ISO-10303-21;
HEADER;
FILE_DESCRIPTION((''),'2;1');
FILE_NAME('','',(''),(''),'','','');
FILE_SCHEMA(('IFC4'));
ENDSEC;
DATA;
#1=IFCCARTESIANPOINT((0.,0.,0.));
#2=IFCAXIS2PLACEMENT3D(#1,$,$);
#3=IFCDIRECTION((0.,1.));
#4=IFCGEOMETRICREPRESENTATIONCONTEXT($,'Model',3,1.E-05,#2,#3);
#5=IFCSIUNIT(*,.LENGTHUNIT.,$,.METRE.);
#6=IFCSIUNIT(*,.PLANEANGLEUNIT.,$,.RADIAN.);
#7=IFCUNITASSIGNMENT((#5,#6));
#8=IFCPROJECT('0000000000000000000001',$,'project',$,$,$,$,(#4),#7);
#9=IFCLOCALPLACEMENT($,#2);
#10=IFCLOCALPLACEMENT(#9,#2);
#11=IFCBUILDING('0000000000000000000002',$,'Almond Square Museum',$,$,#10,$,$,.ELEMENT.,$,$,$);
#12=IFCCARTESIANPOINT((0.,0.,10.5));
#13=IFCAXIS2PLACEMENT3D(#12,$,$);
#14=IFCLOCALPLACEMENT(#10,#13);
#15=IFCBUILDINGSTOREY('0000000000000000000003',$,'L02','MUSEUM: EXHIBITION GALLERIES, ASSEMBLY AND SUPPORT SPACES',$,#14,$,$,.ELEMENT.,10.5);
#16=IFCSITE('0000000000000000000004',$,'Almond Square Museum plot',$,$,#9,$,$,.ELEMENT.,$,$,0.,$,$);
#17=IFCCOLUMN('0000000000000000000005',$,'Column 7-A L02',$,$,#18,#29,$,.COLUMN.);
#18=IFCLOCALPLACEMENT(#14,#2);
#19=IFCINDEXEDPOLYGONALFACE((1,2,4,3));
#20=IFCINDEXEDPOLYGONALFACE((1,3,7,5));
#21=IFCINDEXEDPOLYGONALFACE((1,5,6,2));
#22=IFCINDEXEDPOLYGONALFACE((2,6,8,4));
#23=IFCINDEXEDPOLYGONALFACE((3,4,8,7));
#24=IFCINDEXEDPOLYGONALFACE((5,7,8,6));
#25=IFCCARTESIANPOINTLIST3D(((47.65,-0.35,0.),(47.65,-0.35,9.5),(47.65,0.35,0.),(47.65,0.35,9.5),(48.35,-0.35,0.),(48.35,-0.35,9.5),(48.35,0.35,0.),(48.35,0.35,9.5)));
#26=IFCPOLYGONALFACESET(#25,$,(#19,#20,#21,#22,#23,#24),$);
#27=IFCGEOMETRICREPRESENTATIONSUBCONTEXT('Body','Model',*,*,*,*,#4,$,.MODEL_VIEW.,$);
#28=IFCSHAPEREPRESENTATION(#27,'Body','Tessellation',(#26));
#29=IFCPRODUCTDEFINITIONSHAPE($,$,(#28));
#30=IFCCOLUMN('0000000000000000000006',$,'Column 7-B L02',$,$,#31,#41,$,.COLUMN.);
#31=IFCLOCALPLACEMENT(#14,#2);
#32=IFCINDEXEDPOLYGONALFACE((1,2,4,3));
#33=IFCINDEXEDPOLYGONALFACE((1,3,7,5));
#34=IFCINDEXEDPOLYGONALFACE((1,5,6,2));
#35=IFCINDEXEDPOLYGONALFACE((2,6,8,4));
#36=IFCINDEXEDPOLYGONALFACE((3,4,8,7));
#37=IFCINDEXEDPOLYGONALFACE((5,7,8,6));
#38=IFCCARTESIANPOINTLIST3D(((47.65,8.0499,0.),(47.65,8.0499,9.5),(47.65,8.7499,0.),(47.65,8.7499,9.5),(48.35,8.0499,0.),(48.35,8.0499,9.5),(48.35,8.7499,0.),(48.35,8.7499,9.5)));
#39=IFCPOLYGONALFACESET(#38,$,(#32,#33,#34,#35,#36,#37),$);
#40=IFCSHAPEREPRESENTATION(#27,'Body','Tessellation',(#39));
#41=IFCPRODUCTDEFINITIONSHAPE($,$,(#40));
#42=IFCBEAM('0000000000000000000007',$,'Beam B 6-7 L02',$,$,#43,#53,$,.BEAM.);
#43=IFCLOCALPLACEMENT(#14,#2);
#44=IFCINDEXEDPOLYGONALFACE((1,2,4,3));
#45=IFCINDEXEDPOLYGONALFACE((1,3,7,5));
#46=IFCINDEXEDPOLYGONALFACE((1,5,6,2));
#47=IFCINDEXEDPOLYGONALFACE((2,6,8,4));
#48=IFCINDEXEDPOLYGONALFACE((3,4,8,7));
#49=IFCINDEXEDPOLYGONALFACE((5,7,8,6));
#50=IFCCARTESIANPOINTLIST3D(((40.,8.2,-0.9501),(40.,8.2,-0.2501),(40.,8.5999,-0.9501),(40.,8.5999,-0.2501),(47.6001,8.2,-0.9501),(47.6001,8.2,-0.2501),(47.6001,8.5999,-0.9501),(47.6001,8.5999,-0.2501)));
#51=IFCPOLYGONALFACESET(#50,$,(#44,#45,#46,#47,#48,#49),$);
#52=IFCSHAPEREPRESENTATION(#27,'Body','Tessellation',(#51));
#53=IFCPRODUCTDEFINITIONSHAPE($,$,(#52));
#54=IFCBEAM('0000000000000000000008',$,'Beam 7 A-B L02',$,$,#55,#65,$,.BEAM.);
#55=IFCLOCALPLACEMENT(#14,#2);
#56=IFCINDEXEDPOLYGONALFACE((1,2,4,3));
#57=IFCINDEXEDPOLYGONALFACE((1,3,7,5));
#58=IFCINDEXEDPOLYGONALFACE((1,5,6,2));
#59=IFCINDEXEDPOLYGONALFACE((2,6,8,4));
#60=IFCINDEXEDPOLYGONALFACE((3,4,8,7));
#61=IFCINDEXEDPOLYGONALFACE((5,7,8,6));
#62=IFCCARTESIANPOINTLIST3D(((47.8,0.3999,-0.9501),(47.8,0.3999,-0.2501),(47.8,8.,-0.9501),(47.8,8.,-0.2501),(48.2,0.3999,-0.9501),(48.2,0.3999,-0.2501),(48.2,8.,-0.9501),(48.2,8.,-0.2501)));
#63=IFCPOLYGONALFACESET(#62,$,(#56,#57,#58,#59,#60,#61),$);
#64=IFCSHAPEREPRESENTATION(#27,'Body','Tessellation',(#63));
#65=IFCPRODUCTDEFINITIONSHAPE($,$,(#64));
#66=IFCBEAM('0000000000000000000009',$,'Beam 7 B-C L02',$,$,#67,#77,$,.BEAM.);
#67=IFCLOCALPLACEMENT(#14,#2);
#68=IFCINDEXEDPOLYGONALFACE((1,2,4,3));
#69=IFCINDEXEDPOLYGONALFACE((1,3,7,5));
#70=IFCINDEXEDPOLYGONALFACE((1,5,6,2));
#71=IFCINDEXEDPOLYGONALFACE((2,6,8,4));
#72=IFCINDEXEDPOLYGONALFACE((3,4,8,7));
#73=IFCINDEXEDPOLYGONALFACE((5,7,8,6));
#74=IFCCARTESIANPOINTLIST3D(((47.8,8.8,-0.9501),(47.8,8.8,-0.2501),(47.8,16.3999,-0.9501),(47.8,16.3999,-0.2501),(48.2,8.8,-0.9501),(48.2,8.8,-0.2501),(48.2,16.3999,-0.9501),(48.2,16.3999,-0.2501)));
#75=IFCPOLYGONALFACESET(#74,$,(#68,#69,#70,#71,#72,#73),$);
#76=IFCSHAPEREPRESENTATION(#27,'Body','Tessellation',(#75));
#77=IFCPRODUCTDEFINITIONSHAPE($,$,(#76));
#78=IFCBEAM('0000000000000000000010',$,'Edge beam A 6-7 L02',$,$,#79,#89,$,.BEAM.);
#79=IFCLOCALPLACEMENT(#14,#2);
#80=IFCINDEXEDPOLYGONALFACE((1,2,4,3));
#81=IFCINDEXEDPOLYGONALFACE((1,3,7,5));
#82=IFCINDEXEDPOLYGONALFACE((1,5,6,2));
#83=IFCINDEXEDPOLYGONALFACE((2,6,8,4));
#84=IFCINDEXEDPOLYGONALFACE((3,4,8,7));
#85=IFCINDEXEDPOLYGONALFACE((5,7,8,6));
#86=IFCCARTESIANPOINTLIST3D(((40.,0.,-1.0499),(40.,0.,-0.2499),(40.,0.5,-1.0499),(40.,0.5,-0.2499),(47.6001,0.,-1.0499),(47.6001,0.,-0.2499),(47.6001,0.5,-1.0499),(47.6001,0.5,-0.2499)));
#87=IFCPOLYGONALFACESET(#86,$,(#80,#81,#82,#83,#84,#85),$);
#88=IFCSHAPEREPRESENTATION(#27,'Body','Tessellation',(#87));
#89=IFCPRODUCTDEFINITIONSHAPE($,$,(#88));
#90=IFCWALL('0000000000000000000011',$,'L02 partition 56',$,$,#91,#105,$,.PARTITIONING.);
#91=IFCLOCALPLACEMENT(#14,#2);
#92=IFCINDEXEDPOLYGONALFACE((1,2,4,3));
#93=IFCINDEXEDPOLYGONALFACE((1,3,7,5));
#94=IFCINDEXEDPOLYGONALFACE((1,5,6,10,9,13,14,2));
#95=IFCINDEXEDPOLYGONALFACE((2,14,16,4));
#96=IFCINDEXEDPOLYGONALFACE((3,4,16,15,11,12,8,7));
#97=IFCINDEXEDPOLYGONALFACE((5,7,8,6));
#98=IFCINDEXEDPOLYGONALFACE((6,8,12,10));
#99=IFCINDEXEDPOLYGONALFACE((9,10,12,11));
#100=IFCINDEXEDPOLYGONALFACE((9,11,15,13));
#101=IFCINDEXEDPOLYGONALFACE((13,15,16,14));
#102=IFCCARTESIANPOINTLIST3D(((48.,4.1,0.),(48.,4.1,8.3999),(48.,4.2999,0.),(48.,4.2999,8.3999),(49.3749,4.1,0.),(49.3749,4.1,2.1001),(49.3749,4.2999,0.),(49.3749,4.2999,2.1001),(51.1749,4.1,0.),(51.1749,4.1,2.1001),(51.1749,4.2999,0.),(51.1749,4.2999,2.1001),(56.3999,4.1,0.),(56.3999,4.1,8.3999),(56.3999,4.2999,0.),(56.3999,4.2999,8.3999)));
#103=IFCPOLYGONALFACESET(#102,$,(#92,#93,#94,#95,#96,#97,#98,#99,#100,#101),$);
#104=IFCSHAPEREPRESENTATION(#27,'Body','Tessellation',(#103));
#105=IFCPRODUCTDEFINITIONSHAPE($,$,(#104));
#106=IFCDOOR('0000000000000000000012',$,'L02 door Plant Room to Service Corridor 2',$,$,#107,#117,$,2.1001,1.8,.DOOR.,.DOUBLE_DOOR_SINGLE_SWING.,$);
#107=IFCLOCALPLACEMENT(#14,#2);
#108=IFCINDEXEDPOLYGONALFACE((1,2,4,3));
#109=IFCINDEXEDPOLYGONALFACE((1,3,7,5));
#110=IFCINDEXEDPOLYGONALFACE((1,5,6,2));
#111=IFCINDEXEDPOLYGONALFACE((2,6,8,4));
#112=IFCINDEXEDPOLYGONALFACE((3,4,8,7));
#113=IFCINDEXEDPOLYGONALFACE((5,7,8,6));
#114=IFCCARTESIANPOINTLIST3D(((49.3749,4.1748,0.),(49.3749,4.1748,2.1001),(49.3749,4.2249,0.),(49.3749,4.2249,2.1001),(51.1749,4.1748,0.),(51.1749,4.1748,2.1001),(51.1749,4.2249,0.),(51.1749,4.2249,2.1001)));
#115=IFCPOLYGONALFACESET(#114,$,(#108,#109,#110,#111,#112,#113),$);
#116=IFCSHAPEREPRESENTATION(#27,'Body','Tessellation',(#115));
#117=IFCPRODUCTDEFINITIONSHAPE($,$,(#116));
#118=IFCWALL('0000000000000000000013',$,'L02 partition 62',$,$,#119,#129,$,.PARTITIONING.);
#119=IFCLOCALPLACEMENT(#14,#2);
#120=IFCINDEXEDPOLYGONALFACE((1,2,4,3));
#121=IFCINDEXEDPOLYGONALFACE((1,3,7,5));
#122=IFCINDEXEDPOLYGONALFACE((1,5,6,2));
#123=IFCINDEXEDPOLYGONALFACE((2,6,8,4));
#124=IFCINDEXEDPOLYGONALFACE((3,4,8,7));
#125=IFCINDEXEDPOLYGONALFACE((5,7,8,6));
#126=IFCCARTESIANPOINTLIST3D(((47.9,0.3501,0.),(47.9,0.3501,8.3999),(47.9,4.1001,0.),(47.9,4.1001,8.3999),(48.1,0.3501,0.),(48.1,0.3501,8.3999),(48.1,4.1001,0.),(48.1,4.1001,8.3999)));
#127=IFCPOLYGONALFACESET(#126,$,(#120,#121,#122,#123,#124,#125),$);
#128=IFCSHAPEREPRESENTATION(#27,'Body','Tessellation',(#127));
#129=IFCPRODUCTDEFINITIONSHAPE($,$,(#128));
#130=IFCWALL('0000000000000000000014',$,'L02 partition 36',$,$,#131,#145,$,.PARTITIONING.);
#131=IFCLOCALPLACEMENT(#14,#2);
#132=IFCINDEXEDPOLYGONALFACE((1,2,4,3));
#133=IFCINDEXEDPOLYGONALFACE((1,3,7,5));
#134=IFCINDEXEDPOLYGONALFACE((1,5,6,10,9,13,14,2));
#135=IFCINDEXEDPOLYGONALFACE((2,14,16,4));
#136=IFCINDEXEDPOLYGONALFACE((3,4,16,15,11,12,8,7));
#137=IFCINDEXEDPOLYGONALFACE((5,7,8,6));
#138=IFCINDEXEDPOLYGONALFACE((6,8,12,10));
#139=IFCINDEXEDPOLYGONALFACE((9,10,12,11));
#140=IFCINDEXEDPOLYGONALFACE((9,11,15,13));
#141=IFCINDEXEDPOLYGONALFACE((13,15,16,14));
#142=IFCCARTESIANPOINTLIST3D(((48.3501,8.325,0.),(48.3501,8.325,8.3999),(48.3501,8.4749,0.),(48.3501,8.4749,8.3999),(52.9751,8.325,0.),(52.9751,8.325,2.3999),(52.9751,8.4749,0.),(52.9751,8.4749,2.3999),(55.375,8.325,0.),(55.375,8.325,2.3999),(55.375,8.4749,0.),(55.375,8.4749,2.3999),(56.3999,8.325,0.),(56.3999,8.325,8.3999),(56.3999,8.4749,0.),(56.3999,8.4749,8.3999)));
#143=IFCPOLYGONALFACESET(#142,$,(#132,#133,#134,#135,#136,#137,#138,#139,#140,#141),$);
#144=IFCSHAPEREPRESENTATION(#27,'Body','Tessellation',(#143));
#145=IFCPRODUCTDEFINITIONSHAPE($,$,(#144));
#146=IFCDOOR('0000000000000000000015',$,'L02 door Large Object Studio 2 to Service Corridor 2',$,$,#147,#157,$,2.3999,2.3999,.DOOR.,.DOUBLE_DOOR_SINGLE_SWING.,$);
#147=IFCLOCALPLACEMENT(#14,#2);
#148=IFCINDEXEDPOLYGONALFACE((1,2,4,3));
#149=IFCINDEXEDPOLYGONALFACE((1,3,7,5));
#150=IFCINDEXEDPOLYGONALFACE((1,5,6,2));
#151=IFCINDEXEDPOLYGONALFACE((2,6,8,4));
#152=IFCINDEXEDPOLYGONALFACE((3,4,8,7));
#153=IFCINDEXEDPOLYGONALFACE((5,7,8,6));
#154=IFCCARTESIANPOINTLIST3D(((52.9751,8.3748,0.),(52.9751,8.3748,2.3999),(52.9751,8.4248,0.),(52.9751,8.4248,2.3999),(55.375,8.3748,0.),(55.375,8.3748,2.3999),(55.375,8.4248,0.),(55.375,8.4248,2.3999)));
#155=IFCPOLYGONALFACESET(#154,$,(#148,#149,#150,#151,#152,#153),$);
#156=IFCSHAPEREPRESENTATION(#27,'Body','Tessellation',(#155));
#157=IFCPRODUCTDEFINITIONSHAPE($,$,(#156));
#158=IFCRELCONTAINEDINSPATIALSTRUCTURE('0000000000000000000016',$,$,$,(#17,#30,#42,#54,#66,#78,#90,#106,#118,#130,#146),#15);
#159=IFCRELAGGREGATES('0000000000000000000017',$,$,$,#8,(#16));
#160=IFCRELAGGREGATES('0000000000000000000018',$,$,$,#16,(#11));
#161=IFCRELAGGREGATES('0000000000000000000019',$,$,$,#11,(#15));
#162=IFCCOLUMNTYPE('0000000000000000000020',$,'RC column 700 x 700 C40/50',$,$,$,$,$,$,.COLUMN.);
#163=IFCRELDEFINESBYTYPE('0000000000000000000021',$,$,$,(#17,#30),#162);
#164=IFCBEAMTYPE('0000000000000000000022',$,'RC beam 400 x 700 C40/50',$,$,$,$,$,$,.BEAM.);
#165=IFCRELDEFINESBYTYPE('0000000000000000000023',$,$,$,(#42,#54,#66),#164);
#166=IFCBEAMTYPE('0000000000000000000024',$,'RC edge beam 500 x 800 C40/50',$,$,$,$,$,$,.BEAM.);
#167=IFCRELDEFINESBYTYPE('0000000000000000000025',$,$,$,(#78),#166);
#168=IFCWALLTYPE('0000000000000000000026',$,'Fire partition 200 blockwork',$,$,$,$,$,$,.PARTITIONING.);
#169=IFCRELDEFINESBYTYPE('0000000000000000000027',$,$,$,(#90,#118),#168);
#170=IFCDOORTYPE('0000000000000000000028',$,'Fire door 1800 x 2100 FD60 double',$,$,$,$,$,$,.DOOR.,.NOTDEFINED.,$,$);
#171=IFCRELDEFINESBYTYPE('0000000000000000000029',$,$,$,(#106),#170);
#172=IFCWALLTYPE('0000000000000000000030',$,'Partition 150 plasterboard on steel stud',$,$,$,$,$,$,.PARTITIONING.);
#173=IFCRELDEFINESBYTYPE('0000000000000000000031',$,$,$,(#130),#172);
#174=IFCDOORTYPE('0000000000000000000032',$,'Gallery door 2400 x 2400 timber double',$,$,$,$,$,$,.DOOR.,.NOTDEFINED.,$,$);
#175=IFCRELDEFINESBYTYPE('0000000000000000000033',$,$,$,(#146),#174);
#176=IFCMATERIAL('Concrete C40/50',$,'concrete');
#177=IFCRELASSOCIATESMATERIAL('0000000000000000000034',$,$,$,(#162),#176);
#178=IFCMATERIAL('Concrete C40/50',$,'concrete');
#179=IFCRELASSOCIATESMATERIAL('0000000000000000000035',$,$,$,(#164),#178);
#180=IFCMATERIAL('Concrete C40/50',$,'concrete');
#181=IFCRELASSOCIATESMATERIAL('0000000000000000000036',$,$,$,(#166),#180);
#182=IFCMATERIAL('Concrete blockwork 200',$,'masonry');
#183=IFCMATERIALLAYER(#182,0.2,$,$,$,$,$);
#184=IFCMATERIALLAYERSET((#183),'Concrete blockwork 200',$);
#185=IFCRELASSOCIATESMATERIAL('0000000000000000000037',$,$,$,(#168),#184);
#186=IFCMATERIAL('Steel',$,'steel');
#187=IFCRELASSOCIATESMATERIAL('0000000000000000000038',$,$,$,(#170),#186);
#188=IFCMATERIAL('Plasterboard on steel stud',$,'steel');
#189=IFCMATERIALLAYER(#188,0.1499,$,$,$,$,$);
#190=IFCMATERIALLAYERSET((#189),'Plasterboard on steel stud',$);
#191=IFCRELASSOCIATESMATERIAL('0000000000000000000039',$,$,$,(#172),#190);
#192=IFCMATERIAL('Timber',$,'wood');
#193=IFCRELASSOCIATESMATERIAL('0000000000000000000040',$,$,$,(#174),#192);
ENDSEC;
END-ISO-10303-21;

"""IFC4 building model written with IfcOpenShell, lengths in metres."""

from ifc_helpers import new_model, si_unit, direction, frame, frame_2d, origin, origin_2d, place, context, subcontext, project, spatial, rectangle, extrude, material, layer, layer_set, material_profile, profile_set, type_object, element, fill, save


model = new_model("IFC4")

# Units and contexts
model_context = context("Model", 3, precision=1e-05, world=origin(), true_north=direction((0.0, 1.0)))
body_context = subcontext(model_context, "Body", "Model", "MODEL_VIEW")
ifc_project = project(units=[si_unit("LENGTHUNIT", "METRE"), si_unit("PLANEANGLEUNIT", "RADIAN")], contexts=[model_context])

# Site, building, storey
site_placement = place(None, origin())
site = spatial("IfcSite", under=ifc_project, at=site_placement, Name="Almond Square Museum plot", CompositionType="ELEMENT", RefElevation=0.0)
building_placement = place(site_placement, origin())
building = spatial("IfcBuilding", under=site, at=building_placement, Name="Almond Square Museum", CompositionType="ELEMENT")
storey_placement = place(building_placement, frame((0.0, 0.0, 10.5)))
storey = spatial("IfcBuildingStorey", under=building, at=storey_placement, Name="L02", Description="MUSEUM: EXHIBITION GALLERIES, ASSEMBLY AND SUPPORT SPACES", CompositionType="ELEMENT", Elevation=10.5)

# Columns
ifc_material_1 = material(Name="Concrete C40/50", Category="concrete")
ifc_material_profile_1 = material_profile(ifc_material_1, rectangle(XDim=0.7, YDim=0.7, at=origin_2d()))
ifc_profile_set_1 = profile_set([ifc_material_profile_1], Name="Concrete C40/50")
column_type = type_object("IfcColumnType", Name="RC column 700 x 700 C40/50", PredefinedType="COLUMN", material=ifc_profile_set_1)
for number, where, z_axis, x_axis, name in (
    (1, (48.0, 0.0, 0.0), (0.0, 0.0, 1.0), (1.0, 0.0, 0.0), "Column 7-A L02"),
    (2, (48.0, 8.3999, 0.0), (0.0, 0.0, 1.0), (1.0, 0.0, 0.0), "Column 7-B L02"),
):
    element("IfcColumn", number, at=place(storey_placement, frame(where, z_axis=z_axis, x_axis=x_axis)), inside=storey, type_object=column_type, Name=name, PredefinedType="COLUMN", context=body_context, shape_type="SweptSolid", body=[
        extrude(rectangle(XDim=0.7, YDim=0.7, at=origin_2d()), origin(), (0.0, 0.0, 1.0), 9.5),
    ])

# Beams
ifc_material_2 = material(Name="Concrete C40/50", Category="concrete")
ifc_material_profile_2 = material_profile(ifc_material_2, rectangle(XDim=0.3999, YDim=0.7, at=origin_2d()))
ifc_profile_set_2 = profile_set([ifc_material_profile_2], Name="Concrete C40/50")
beam_type_1 = type_object("IfcBeamType", Name="RC beam 400 x 700 C40/50", PredefinedType="BEAM", material=ifc_profile_set_2)
for number, where, z_axis, x_axis, name in (
    (3, (40.0, 8.3999, -0.6001), (1.0, 0.0, 0.0), (0.0, 1.0, 0.0), "Beam B 6-7 L02"),
    (4, (48.0, 0.3999, -0.6001), (0.0, 1.0, 0.0), (-1.0, 0.0, 0.0), "Beam 7 A-B L02"),
):
    element("IfcBeam", number, at=place(storey_placement, frame(where, z_axis=z_axis, x_axis=x_axis)), inside=storey, type_object=beam_type_1, Name=name, PredefinedType="BEAM", context=body_context, shape_type="SweptSolid", body=[
        extrude(rectangle(XDim=0.3999, YDim=0.7, at=origin_2d()), origin(), (0.0, 0.0, 1.0), 7.6001),
    ])
beam_1_placement = place(storey_placement, frame((48.0, 8.8, -0.6001), z_axis=(0.0, 1.0, 0.0), x_axis=(-1.0, 0.0, 0.0)))
element("IfcBeam", 5, at=beam_1_placement, inside=storey, type_object=beam_type_1, Name="Beam 7 B-C L02", PredefinedType="BEAM", context=body_context, shape_type="SweptSolid", body=[
    extrude(rectangle(XDim=0.3999, YDim=0.7, at=origin_2d()), origin(), (0.0, 0.0, 1.0), 7.5999),
])
ifc_material_3 = material(Name="Concrete C40/50", Category="concrete")
ifc_material_profile_3 = material_profile(ifc_material_3, rectangle(XDim=0.5, YDim=0.8, at=origin_2d()))
ifc_profile_set_3 = profile_set([ifc_material_profile_3], Name="Concrete C40/50")
beam_type_2 = type_object("IfcBeamType", Name="RC edge beam 500 x 800 C40/50", PredefinedType="BEAM", material=ifc_profile_set_3)
beam_2_placement = place(storey_placement, frame((40.0, 0.25, -0.6499), z_axis=(1.0, 0.0, 0.0), x_axis=(0.0, 1.0, 0.0)))
element("IfcBeam", 6, at=beam_2_placement, inside=storey, type_object=beam_type_2, Name="Edge beam A 6-7 L02", PredefinedType="BEAM", context=body_context, shape_type="SweptSolid", body=[
    extrude(rectangle(XDim=0.5, YDim=0.8, at=origin_2d()), origin(), (0.0, 0.0, 1.0), 7.6001),
])

# Wall, opening, door
ifc_material_4 = material(Name="Concrete blockwork 200", Category="masonry")
ifc_layer_1 = layer(ifc_material_4, 0.2)
ifc_layer_set_1 = layer_set([ifc_layer_1], Name="Concrete blockwork 200")
wall_type_1 = type_object("IfcWallType", Name="Fire partition 200 blockwork", PredefinedType="PARTITIONING", material=ifc_layer_set_1)
wall_1_placement = place(storey_placement, frame((48.0, 4.2, 0.0), z_axis=(0.0, 0.0, 1.0), x_axis=(1.0, 0.0, 0.0)))
wall_1 = element("IfcWall", 7, at=wall_1_placement, inside=storey, type_object=wall_type_1, Name="L02 partition 56", PredefinedType="PARTITIONING", context=body_context, shape_type="SweptSolid", body=[
    extrude(rectangle(XDim=8.3999, YDim=0.2, at=frame_2d((4.2, 0.0))), origin(), (0.0, 0.0, 1.0), 8.3999),
])
opening_1_placement = place(wall_1_placement, frame((1.375, 0.0, 0.0)))
opening_1 = element("IfcOpeningElement", 8, at=opening_1_placement, cuts=wall_1, PredefinedType="OPENING", context=body_context, shape_type="SweptSolid", body=[
    extrude(rectangle(XDim=1.8, YDim=2.1001, at=frame_2d((0.8999, 1.05))), frame((0.0, 0.1099, 0.0), z_axis=(0.0, -1.0, 0.0), x_axis=(1.0, 0.0, 0.0)), (0.0, 0.0, 1.0), 0.22),
])
ifc_material_5 = material(Name="Steel", Category="steel")
door_type_1 = type_object("IfcDoorType", Name="Fire door 1800 x 2100 FD60 double", OperationType="NOTDEFINED", PredefinedType="DOOR", material=ifc_material_5)
door_1_placement = place(opening_1_placement, origin())
door_1 = element("IfcDoor", 9, at=door_1_placement, inside=storey, type_object=door_type_1, Name="L02 door Plant Room to Service Corridor 2", OperationType="DOUBLE_DOOR_SINGLE_SWING", OverallHeight=2.1001, OverallWidth=1.8, PredefinedType="DOOR", context=body_context, shape_type="SweptSolid", body=[
    extrude(rectangle(XDim=1.8, YDim=2.1001, at=frame_2d((0.8999, 1.05))), frame((0.0, 0.0249, 0.0), z_axis=(0.0, -1.0, 0.0), x_axis=(1.0, 0.0, 0.0)), (0.0, 0.0, 1.0), 0.05),
])
fill(opening_1, door_1)

# Wall
wall_2_placement = place(storey_placement, frame((48.0, 0.3501, 0.0), z_axis=(0.0, 0.0, 1.0), x_axis=(0.0, 1.0, 0.0)))
element("IfcWall", 10, at=wall_2_placement, inside=storey, type_object=wall_type_1, Name="L02 partition 62", PredefinedType="PARTITIONING", context=body_context, shape_type="SweptSolid", body=[
    extrude(rectangle(XDim=3.75, YDim=0.2, at=frame_2d((1.875, 0.0))), origin(), (0.0, 0.0, 1.0), 8.3999),
])

# Wall, opening, door
ifc_material_6 = material(Name="Plasterboard on steel stud", Category="steel")
ifc_layer_2 = layer(ifc_material_6, 0.1499)
ifc_layer_set_2 = layer_set([ifc_layer_2], Name="Plasterboard on steel stud")
wall_type_2 = type_object("IfcWallType", Name="Partition 150 plasterboard on steel stud", PredefinedType="PARTITIONING", material=ifc_layer_set_2)
wall_3_placement = place(storey_placement, frame((48.3501, 8.3999, 0.0), z_axis=(0.0, 0.0, 1.0), x_axis=(1.0, 0.0, 0.0)))
wall_3 = element("IfcWall", 11, at=wall_3_placement, inside=storey, type_object=wall_type_2, Name="L02 partition 36", PredefinedType="PARTITIONING", context=body_context, shape_type="SweptSolid", body=[
    extrude(rectangle(XDim=8.0498, YDim=0.1499, at=frame_2d((4.0249, 0.0))), origin(), (0.0, 0.0, 1.0), 8.3999),
])
opening_2_placement = place(wall_3_placement, frame((4.625, 0.0, 0.0)))
opening_2 = element("IfcOpeningElement", 12, at=opening_2_placement, cuts=wall_3, PredefinedType="OPENING", context=body_context, shape_type="SweptSolid", body=[
    extrude(rectangle(XDim=2.3999, YDim=2.3999, at=frame_2d((1.2, 1.2))), frame((0.0, 0.085, 0.0), z_axis=(0.0, -1.0, 0.0), x_axis=(1.0, 0.0, 0.0)), (0.0, 0.0, 1.0), 0.1699),
])
ifc_material_7 = material(Name="Timber", Category="wood")
door_type_2 = type_object("IfcDoorType", Name="Gallery door 2400 x 2400 timber double", OperationType="NOTDEFINED", PredefinedType="DOOR", material=ifc_material_7)
door_2_placement = place(opening_2_placement, origin())
door_2 = element("IfcDoor", 13, at=door_2_placement, inside=storey, type_object=door_type_2, Name="L02 door Large Object Studio 2 to Service Corridor 2", OperationType="DOUBLE_DOOR_SINGLE_SWING", OverallHeight=2.3999, OverallWidth=2.3999, PredefinedType="DOOR", context=body_context, shape_type="SweptSolid", body=[
    extrude(rectangle(XDim=2.3999, YDim=2.3999, at=frame_2d((1.2, 1.2))), frame((0.0, 0.0249, 0.0), z_axis=(0.0, -1.0, 0.0), x_axis=(1.0, 0.0, 0.0)), (0.0, 0.0, 1.0), 0.05),
])
fill(opening_2, door_2)

save(model, "model.ifc")
